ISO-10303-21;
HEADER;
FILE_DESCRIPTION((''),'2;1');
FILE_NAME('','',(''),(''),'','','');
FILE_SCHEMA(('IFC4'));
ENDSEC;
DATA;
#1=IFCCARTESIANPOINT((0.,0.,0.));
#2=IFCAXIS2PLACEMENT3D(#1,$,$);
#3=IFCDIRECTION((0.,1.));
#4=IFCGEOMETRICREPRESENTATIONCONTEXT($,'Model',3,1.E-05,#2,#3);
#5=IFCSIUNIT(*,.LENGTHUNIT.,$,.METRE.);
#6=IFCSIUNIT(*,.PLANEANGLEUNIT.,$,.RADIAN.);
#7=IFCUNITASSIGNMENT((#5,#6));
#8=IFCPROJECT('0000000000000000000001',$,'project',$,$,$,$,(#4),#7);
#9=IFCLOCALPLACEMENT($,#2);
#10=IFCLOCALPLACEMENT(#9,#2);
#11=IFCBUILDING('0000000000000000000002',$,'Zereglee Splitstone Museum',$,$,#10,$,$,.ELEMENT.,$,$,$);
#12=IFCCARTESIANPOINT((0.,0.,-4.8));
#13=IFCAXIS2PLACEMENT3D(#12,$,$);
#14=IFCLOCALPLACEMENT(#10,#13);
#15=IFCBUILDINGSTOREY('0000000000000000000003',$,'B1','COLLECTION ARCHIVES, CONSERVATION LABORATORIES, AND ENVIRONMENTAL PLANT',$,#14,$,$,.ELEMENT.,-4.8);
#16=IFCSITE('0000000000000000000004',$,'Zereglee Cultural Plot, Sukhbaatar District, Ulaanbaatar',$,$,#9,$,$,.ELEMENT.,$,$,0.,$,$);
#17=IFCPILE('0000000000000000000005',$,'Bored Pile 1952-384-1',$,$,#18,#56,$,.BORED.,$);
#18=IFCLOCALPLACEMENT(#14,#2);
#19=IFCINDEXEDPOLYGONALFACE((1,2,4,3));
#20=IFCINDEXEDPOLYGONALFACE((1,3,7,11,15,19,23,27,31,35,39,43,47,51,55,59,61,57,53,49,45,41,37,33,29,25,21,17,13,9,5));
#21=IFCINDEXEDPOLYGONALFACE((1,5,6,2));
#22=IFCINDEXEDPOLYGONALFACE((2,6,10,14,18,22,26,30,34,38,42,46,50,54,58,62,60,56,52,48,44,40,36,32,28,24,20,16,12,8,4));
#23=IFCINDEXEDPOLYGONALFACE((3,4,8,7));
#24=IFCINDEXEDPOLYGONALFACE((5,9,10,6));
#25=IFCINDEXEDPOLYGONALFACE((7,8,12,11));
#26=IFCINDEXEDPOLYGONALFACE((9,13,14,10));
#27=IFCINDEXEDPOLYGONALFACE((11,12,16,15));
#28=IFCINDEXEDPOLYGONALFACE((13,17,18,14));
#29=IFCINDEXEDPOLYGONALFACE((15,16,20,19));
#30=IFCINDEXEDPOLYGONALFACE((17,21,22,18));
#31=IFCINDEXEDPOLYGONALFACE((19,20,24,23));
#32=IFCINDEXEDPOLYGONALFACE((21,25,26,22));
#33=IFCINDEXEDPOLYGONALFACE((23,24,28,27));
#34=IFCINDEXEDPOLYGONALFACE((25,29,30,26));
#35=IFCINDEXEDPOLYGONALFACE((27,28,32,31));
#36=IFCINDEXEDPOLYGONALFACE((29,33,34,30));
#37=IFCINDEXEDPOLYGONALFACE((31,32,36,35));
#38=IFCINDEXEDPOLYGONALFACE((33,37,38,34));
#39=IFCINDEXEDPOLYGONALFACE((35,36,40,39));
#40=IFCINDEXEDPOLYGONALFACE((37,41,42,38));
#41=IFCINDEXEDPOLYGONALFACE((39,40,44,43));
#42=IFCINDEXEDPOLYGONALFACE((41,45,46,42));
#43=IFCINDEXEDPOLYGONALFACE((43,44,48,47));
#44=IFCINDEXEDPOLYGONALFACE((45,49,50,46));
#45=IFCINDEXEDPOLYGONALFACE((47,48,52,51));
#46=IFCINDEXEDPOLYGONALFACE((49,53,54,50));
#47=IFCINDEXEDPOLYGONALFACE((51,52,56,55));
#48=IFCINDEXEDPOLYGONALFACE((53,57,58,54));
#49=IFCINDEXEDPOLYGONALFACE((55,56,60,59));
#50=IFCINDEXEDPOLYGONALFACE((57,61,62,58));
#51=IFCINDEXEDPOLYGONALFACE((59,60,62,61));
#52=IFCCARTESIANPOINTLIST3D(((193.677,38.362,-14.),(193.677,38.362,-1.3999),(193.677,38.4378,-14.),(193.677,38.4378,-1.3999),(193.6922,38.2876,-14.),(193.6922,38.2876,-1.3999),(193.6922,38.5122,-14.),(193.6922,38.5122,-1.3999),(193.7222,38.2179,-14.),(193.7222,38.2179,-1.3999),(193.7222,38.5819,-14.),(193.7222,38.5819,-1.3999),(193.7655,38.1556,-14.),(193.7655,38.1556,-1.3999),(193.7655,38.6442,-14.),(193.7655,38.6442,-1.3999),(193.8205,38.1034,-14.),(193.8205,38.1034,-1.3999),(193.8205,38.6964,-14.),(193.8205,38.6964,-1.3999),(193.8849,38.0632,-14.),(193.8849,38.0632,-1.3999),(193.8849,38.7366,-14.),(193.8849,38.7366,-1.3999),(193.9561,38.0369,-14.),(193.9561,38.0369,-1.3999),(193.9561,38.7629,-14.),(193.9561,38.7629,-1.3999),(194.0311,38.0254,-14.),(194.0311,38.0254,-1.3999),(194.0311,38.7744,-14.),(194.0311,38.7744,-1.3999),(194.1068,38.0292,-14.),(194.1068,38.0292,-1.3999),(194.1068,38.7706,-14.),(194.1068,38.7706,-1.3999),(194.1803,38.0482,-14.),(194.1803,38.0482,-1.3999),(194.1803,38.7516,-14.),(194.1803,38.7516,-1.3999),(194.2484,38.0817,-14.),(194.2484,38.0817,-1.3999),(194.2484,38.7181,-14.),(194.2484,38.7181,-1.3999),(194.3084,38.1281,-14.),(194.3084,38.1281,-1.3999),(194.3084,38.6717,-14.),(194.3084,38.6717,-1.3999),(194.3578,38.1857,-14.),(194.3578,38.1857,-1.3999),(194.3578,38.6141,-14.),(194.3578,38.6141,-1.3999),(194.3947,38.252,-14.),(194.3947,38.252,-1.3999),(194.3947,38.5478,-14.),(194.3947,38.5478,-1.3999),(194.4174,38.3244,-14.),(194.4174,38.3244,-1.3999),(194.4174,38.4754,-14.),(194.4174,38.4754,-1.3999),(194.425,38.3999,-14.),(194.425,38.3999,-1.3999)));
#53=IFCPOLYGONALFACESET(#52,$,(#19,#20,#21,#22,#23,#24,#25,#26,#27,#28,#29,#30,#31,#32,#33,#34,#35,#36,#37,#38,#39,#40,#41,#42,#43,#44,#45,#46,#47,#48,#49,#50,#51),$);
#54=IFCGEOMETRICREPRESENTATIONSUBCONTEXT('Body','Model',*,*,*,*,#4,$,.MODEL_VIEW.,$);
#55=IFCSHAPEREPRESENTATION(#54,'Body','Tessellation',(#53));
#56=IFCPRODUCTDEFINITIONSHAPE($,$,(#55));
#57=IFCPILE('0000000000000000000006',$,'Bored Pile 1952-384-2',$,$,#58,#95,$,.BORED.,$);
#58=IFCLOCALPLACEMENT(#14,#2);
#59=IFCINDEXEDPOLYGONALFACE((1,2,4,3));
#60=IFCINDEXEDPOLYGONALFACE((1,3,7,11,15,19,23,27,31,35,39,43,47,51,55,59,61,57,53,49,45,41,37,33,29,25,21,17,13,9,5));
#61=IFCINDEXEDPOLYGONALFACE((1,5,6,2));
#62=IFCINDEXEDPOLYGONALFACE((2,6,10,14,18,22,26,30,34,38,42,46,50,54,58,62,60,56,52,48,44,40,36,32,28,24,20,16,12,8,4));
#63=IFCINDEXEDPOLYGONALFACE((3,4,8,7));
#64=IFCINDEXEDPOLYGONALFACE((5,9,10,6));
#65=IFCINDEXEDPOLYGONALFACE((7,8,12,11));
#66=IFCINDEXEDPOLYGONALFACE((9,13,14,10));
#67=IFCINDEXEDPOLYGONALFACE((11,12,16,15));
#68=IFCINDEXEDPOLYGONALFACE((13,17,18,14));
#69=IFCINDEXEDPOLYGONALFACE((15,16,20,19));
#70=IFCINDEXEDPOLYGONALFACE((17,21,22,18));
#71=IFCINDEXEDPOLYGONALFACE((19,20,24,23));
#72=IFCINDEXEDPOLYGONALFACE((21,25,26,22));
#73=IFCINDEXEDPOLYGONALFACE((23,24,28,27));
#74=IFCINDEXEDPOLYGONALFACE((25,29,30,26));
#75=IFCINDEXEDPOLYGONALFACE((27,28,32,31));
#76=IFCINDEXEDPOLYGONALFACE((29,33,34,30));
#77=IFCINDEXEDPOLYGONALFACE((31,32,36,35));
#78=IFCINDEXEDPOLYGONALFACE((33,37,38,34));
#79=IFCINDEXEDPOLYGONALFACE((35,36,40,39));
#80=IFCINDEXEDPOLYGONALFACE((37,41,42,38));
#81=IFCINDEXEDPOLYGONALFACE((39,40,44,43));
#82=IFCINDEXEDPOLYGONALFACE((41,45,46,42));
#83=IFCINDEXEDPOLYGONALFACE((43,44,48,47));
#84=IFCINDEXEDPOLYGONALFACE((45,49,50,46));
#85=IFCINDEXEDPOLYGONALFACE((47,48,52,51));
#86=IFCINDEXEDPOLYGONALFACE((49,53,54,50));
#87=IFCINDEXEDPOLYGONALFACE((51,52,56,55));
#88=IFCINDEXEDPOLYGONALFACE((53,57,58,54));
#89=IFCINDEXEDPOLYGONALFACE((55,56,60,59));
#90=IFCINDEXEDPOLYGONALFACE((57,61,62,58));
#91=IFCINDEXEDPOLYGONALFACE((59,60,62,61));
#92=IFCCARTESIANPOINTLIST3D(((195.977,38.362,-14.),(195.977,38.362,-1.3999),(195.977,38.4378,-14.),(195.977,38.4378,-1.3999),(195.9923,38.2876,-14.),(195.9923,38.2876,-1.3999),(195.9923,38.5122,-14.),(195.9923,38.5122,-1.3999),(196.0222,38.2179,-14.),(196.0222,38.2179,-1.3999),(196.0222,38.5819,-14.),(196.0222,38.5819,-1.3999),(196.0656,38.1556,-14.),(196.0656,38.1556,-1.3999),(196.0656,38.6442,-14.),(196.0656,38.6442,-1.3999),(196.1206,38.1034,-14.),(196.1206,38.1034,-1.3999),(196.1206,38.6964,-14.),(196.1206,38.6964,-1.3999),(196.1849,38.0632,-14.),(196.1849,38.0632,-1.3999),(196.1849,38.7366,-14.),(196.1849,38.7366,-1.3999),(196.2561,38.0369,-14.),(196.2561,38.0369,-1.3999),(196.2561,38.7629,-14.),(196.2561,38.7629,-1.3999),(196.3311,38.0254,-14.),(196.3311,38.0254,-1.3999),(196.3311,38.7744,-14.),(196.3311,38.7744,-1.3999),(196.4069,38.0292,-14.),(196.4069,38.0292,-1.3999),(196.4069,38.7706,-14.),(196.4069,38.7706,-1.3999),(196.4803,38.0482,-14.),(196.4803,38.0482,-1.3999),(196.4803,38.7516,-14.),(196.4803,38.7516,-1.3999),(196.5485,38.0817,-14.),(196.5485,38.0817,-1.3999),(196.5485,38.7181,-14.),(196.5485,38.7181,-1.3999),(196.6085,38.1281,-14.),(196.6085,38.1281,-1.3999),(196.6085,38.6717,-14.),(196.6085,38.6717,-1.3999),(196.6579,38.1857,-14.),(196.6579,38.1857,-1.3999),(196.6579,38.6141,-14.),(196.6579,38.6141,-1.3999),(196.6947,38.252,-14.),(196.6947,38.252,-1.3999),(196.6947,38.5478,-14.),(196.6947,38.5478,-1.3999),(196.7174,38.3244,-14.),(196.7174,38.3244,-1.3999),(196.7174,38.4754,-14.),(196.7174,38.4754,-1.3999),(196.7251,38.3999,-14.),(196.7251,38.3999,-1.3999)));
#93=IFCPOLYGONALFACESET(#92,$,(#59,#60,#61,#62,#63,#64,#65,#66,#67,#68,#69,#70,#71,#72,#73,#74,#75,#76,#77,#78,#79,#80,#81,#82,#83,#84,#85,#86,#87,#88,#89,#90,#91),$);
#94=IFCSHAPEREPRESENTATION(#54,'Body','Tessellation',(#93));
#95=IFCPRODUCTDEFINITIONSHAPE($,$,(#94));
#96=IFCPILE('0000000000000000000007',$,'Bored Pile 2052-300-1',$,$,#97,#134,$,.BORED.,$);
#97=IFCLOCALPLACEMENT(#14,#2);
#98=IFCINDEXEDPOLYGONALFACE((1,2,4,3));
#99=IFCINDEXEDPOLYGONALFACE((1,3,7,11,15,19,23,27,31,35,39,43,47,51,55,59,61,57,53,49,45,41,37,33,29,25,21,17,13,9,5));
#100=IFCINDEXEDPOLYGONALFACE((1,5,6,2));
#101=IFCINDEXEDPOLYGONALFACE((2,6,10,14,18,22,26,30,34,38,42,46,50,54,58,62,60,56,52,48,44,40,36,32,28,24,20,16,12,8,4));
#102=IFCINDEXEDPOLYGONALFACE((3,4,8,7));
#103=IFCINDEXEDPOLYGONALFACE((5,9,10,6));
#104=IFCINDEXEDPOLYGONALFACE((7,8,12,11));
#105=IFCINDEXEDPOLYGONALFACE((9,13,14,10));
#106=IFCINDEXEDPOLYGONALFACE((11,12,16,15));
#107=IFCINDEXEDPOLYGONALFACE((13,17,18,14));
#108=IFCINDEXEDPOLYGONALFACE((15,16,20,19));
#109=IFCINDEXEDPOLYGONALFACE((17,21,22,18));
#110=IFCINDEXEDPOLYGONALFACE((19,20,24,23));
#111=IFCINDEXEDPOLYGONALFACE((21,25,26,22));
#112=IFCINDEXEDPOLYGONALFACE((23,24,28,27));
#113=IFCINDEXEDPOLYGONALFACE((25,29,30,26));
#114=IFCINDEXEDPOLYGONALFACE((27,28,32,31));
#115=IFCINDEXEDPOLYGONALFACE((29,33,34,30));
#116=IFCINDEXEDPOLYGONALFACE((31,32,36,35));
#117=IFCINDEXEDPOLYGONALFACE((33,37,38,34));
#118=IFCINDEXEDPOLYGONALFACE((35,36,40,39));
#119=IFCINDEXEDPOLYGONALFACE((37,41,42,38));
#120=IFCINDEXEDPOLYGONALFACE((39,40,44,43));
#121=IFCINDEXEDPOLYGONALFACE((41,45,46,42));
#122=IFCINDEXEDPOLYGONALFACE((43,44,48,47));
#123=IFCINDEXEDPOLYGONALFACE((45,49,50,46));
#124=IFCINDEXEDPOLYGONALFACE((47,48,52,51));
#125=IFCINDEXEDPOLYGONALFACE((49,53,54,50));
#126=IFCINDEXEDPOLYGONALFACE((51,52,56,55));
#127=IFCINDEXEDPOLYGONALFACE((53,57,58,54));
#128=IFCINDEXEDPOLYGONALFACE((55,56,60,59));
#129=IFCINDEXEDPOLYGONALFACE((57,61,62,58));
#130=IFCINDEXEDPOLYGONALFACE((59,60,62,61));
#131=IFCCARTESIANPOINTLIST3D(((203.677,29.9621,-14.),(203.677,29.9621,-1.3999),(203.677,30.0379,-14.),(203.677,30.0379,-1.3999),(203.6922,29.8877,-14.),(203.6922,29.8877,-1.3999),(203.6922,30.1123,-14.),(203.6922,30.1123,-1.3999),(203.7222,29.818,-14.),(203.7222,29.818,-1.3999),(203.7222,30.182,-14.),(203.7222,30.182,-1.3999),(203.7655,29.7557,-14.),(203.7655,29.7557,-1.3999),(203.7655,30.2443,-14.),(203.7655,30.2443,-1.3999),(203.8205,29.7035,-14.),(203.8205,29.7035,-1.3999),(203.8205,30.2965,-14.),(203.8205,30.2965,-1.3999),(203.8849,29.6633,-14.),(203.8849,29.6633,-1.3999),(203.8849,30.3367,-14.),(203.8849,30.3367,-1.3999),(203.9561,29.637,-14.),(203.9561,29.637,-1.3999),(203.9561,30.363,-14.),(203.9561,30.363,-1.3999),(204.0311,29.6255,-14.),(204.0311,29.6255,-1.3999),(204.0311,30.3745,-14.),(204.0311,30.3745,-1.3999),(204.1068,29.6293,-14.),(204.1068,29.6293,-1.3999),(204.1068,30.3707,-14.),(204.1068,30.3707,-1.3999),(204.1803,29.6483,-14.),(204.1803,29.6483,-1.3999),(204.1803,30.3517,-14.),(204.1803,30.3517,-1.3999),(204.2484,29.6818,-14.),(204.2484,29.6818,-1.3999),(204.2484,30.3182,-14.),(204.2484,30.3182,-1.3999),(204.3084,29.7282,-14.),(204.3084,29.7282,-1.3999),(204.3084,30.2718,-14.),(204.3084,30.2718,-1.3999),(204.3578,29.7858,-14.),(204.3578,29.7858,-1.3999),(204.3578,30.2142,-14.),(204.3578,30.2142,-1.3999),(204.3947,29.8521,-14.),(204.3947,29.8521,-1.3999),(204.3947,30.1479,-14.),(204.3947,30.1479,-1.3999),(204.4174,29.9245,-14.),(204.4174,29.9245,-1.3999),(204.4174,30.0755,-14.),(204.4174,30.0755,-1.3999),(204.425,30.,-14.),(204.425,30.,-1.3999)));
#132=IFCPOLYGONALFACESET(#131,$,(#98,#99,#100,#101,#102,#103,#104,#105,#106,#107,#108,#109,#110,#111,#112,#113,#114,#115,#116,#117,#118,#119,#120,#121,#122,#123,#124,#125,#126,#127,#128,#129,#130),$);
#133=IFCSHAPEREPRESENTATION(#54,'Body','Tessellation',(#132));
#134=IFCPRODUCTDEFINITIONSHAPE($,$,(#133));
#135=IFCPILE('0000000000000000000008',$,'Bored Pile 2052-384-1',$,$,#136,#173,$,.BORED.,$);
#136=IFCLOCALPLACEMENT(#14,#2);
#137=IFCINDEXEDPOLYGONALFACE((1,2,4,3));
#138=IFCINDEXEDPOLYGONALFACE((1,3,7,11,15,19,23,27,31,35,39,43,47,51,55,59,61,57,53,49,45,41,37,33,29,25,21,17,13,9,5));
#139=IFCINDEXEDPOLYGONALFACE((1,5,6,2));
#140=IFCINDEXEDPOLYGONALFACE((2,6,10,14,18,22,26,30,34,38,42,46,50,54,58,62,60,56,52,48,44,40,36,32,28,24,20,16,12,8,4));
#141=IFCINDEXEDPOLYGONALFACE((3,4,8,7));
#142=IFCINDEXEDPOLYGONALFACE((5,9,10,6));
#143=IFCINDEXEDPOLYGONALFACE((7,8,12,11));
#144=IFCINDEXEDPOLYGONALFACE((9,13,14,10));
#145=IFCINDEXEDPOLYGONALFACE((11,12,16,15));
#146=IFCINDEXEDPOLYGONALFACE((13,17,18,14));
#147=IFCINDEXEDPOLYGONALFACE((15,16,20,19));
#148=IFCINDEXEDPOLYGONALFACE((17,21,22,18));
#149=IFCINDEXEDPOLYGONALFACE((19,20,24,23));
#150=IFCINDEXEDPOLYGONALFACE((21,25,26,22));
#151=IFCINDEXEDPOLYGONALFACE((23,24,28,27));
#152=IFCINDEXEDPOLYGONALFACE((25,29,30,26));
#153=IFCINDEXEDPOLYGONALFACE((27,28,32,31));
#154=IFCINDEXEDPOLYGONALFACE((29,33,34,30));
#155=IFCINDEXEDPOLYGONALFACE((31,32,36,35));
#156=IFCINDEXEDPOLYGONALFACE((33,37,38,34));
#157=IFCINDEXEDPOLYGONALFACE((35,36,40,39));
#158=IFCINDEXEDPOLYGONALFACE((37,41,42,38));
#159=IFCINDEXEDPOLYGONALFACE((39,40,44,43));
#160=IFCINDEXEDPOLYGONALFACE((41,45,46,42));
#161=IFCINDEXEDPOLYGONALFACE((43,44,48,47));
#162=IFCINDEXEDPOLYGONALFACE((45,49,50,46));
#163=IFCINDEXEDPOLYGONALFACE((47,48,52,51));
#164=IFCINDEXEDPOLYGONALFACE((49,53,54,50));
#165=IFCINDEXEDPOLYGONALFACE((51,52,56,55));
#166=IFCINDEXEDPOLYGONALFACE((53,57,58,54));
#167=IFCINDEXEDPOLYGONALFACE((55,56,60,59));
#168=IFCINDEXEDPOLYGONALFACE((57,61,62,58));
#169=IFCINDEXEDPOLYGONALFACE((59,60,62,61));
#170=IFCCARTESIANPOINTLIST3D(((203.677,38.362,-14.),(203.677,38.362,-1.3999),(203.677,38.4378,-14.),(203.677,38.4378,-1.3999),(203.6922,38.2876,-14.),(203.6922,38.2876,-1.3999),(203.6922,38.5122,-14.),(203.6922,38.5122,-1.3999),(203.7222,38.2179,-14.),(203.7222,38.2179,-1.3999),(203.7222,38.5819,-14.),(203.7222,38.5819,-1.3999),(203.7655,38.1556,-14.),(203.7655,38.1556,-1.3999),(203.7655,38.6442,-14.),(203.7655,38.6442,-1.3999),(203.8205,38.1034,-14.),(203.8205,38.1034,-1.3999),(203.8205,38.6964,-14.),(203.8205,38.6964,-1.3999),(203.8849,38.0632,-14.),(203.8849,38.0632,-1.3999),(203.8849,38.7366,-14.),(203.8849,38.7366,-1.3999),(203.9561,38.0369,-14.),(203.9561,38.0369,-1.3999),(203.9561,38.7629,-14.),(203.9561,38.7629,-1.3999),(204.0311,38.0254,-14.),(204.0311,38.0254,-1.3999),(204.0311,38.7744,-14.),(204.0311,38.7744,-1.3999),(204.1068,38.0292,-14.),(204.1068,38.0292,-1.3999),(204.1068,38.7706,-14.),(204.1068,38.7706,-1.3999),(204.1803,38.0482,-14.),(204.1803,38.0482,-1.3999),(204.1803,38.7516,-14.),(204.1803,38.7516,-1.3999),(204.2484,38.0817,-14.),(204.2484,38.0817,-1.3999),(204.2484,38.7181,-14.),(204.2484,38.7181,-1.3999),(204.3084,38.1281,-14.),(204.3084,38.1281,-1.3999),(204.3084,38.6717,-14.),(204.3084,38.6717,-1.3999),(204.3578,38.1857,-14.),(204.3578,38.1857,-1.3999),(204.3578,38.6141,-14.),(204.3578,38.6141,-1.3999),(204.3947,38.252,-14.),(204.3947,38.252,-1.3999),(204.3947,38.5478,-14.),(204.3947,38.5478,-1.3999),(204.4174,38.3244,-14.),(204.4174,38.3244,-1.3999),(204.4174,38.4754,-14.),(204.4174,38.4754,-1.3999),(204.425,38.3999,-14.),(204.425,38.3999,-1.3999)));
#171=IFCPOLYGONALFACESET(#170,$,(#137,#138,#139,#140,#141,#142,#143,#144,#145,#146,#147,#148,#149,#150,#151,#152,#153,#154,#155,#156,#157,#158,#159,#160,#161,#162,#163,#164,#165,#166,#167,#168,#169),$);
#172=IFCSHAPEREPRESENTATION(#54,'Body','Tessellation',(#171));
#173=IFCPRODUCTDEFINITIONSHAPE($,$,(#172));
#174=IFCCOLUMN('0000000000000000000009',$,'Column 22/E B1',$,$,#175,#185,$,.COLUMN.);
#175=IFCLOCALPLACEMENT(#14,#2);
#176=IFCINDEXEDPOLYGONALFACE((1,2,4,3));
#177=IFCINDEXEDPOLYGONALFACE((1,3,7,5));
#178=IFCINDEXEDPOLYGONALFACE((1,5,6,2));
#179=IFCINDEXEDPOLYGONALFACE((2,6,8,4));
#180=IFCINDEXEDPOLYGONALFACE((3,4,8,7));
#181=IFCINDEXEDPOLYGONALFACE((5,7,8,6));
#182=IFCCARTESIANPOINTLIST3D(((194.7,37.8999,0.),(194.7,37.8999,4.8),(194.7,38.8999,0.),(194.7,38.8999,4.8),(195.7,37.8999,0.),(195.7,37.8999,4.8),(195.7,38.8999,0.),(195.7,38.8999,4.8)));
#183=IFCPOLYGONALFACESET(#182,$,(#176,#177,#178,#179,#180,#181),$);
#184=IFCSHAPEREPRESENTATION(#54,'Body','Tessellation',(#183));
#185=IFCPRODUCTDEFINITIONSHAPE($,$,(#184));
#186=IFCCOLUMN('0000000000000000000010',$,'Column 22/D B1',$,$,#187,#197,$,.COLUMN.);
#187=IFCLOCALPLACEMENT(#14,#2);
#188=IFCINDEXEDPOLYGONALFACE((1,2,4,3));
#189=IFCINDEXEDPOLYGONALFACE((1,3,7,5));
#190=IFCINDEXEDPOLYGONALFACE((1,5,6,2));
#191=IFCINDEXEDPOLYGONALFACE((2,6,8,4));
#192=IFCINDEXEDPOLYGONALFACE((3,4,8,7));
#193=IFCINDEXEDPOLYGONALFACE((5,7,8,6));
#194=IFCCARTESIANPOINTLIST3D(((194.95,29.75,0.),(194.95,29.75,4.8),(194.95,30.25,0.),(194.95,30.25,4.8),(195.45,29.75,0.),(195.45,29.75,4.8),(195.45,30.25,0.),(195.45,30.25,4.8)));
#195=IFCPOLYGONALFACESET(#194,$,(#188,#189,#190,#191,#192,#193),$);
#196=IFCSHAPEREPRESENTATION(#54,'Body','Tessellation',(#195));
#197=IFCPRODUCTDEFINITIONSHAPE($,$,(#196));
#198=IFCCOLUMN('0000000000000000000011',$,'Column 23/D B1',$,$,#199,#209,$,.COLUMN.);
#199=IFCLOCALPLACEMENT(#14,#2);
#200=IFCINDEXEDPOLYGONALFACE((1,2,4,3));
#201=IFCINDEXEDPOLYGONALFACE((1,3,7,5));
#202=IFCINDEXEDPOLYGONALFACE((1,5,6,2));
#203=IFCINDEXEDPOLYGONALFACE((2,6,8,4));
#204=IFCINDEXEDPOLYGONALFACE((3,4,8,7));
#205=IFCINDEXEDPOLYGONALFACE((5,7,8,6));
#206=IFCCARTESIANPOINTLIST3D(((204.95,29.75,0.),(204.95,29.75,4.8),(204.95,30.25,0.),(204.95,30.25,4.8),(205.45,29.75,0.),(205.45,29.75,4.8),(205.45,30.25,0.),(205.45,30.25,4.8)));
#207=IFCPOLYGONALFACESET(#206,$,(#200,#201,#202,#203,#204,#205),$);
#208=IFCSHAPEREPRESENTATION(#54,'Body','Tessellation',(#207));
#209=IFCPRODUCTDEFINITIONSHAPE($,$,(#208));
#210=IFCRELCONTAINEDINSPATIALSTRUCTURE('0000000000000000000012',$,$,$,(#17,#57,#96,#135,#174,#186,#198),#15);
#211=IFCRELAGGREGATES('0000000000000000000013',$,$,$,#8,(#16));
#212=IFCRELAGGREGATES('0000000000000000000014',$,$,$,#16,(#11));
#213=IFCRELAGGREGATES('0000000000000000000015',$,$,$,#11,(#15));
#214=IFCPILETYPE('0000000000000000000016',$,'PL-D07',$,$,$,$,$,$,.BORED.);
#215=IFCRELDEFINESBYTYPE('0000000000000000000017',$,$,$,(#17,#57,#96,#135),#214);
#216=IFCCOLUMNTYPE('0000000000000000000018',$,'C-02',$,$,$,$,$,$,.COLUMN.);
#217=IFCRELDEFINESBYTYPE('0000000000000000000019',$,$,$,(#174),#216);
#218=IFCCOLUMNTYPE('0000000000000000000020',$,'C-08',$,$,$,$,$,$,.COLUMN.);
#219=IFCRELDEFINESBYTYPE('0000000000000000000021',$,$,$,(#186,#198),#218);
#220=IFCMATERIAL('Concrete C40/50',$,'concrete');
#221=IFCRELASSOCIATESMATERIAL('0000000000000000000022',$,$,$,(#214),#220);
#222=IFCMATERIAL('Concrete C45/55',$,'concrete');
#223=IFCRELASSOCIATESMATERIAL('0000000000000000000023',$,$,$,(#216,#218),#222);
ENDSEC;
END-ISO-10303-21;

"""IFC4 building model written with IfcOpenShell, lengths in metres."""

from ifc_helpers import new_model, si_unit, direction, frame, origin, origin_2d, place, context, subcontext, project, spatial, rectangle, circle, extrude, material, material_profile, profile_set, type_object, element, save


model = new_model("IFC4")

# Units and contexts
model_context = context("Model", 3, precision=1e-05, world=origin(), true_north=direction((0.0, 1.0)))
body_context = subcontext(model_context, "Body", "Model", "MODEL_VIEW")
ifc_project = project(units=[si_unit("LENGTHUNIT", "METRE"), si_unit("PLANEANGLEUNIT", "RADIAN")], contexts=[model_context])

# Site, building, storey
site_placement = place(None, origin())
site = spatial("IfcSite", under=ifc_project, at=site_placement, Name="Zereglee Cultural Plot, Sukhbaatar District, Ulaanbaatar", CompositionType="ELEMENT", RefElevation=0.0)
building_placement = place(site_placement, origin())
building = spatial("IfcBuilding", under=site, at=building_placement, Name="Zereglee Splitstone Museum", CompositionType="ELEMENT")
storey_placement = place(building_placement, frame((0.0, 0.0, -4.8)))
storey = spatial("IfcBuildingStorey", under=building, at=storey_placement, Name="B1", Description="COLLECTION ARCHIVES, CONSERVATION LABORATORIES, AND ENVIRONMENTAL PLANT", CompositionType="ELEMENT", Elevation=-4.8)

# Shared definitions
ifc_material_1 = material(Name="Concrete C40/50", Category="concrete")

# Piles
ifc_material_profile_1 = material_profile(ifc_material_1, circle(Radius=0.375, at=origin_2d()), Name="PILE D750")
ifc_profile_set_1 = profile_set([ifc_material_profile_1], Name="Concrete C40/50")
pile_type = type_object("IfcPileType", Name="PL-D07", PredefinedType="BORED", material=ifc_profile_set_1)
for number, where, z_axis, x_axis, name in (
    (1, (194.05, 38.3999, -1.3999), (0.0, 0.0, -1.0), (1.0, 0.0, 0.0), "Bored Pile 1952-384-1"),
    (2, (196.3501, 38.3999, -1.3999), (0.0, 0.0, -1.0), (1.0, 0.0, 0.0), "Bored Pile 1952-384-2"),
    (3, (204.05, 30.0, -1.3999), (0.0, 0.0, -1.0), (1.0, 0.0, 0.0), "Bored Pile 2052-300-1"),
    (4, (204.05, 38.3999, -1.3999), (0.0, 0.0, -1.0), (1.0, 0.0, 0.0), "Bored Pile 2052-384-1"),
):
    element("IfcPile", number, at=place(storey_placement, frame(where, z_axis=z_axis, x_axis=x_axis)), inside=storey, type_object=pile_type, Name=name, PredefinedType="BORED", context=body_context, shape_type="SweptSolid", body=[
        extrude(circle(Radius=0.375, at=origin_2d()), origin(), (0.0, 0.0, 1.0), 12.6001),
    ])

# Columns
ifc_material_2 = material(Name="Concrete C45/55", Category="concrete")
ifc_material_profile_2 = material_profile(ifc_material_2, rectangle(XDim=1.0, YDim=1.0, at=origin_2d()), Name="RC 1000x1000")
ifc_profile_set_2 = profile_set([ifc_material_profile_2], Name="Concrete C45/55")
column_type_1 = type_object("IfcColumnType", Name="C-02", PredefinedType="COLUMN", material=ifc_profile_set_2)
column_placement = place(storey_placement, frame((195.2, 38.3999, 0.0), z_axis=(0.0, 0.0, 1.0), x_axis=(1.0, 0.0, 0.0)))
element("IfcColumn", 5, at=column_placement, inside=storey, type_object=column_type_1, Name="Column 22/E B1", PredefinedType="COLUMN", context=body_context, shape_type="SweptSolid", body=[
    extrude(rectangle(XDim=1.0, YDim=1.0, at=origin_2d()), origin(), (0.0, 0.0, 1.0), 4.8),
])
ifc_material_profile_3 = material_profile(ifc_material_2, rectangle(XDim=0.5, YDim=0.5, at=origin_2d()), Name="RC 500x500")
ifc_profile_set_3 = profile_set([ifc_material_profile_3], Name="Concrete C45/55")
column_type_2 = type_object("IfcColumnType", Name="C-08", PredefinedType="COLUMN", material=ifc_profile_set_3)
for number, where, z_axis, x_axis, name in (
    (6, (195.2, 30.0, 0.0), (0.0, 0.0, 1.0), (1.0, 0.0, 0.0), "Column 22/D B1"),
    (7, (205.2, 30.0, 0.0), (0.0, 0.0, 1.0), (1.0, 0.0, 0.0), "Column 23/D B1"),
):
    element("IfcColumn", number, at=place(storey_placement, frame(where, z_axis=z_axis, x_axis=x_axis)), inside=storey, type_object=column_type_2, Name=name, PredefinedType="COLUMN", context=body_context, shape_type="SweptSolid", body=[
        extrude(rectangle(XDim=0.5, YDim=0.5, at=origin_2d()), origin(), (0.0, 0.0, 1.0), 4.8),
    ])

save(model, "model.ifc")
